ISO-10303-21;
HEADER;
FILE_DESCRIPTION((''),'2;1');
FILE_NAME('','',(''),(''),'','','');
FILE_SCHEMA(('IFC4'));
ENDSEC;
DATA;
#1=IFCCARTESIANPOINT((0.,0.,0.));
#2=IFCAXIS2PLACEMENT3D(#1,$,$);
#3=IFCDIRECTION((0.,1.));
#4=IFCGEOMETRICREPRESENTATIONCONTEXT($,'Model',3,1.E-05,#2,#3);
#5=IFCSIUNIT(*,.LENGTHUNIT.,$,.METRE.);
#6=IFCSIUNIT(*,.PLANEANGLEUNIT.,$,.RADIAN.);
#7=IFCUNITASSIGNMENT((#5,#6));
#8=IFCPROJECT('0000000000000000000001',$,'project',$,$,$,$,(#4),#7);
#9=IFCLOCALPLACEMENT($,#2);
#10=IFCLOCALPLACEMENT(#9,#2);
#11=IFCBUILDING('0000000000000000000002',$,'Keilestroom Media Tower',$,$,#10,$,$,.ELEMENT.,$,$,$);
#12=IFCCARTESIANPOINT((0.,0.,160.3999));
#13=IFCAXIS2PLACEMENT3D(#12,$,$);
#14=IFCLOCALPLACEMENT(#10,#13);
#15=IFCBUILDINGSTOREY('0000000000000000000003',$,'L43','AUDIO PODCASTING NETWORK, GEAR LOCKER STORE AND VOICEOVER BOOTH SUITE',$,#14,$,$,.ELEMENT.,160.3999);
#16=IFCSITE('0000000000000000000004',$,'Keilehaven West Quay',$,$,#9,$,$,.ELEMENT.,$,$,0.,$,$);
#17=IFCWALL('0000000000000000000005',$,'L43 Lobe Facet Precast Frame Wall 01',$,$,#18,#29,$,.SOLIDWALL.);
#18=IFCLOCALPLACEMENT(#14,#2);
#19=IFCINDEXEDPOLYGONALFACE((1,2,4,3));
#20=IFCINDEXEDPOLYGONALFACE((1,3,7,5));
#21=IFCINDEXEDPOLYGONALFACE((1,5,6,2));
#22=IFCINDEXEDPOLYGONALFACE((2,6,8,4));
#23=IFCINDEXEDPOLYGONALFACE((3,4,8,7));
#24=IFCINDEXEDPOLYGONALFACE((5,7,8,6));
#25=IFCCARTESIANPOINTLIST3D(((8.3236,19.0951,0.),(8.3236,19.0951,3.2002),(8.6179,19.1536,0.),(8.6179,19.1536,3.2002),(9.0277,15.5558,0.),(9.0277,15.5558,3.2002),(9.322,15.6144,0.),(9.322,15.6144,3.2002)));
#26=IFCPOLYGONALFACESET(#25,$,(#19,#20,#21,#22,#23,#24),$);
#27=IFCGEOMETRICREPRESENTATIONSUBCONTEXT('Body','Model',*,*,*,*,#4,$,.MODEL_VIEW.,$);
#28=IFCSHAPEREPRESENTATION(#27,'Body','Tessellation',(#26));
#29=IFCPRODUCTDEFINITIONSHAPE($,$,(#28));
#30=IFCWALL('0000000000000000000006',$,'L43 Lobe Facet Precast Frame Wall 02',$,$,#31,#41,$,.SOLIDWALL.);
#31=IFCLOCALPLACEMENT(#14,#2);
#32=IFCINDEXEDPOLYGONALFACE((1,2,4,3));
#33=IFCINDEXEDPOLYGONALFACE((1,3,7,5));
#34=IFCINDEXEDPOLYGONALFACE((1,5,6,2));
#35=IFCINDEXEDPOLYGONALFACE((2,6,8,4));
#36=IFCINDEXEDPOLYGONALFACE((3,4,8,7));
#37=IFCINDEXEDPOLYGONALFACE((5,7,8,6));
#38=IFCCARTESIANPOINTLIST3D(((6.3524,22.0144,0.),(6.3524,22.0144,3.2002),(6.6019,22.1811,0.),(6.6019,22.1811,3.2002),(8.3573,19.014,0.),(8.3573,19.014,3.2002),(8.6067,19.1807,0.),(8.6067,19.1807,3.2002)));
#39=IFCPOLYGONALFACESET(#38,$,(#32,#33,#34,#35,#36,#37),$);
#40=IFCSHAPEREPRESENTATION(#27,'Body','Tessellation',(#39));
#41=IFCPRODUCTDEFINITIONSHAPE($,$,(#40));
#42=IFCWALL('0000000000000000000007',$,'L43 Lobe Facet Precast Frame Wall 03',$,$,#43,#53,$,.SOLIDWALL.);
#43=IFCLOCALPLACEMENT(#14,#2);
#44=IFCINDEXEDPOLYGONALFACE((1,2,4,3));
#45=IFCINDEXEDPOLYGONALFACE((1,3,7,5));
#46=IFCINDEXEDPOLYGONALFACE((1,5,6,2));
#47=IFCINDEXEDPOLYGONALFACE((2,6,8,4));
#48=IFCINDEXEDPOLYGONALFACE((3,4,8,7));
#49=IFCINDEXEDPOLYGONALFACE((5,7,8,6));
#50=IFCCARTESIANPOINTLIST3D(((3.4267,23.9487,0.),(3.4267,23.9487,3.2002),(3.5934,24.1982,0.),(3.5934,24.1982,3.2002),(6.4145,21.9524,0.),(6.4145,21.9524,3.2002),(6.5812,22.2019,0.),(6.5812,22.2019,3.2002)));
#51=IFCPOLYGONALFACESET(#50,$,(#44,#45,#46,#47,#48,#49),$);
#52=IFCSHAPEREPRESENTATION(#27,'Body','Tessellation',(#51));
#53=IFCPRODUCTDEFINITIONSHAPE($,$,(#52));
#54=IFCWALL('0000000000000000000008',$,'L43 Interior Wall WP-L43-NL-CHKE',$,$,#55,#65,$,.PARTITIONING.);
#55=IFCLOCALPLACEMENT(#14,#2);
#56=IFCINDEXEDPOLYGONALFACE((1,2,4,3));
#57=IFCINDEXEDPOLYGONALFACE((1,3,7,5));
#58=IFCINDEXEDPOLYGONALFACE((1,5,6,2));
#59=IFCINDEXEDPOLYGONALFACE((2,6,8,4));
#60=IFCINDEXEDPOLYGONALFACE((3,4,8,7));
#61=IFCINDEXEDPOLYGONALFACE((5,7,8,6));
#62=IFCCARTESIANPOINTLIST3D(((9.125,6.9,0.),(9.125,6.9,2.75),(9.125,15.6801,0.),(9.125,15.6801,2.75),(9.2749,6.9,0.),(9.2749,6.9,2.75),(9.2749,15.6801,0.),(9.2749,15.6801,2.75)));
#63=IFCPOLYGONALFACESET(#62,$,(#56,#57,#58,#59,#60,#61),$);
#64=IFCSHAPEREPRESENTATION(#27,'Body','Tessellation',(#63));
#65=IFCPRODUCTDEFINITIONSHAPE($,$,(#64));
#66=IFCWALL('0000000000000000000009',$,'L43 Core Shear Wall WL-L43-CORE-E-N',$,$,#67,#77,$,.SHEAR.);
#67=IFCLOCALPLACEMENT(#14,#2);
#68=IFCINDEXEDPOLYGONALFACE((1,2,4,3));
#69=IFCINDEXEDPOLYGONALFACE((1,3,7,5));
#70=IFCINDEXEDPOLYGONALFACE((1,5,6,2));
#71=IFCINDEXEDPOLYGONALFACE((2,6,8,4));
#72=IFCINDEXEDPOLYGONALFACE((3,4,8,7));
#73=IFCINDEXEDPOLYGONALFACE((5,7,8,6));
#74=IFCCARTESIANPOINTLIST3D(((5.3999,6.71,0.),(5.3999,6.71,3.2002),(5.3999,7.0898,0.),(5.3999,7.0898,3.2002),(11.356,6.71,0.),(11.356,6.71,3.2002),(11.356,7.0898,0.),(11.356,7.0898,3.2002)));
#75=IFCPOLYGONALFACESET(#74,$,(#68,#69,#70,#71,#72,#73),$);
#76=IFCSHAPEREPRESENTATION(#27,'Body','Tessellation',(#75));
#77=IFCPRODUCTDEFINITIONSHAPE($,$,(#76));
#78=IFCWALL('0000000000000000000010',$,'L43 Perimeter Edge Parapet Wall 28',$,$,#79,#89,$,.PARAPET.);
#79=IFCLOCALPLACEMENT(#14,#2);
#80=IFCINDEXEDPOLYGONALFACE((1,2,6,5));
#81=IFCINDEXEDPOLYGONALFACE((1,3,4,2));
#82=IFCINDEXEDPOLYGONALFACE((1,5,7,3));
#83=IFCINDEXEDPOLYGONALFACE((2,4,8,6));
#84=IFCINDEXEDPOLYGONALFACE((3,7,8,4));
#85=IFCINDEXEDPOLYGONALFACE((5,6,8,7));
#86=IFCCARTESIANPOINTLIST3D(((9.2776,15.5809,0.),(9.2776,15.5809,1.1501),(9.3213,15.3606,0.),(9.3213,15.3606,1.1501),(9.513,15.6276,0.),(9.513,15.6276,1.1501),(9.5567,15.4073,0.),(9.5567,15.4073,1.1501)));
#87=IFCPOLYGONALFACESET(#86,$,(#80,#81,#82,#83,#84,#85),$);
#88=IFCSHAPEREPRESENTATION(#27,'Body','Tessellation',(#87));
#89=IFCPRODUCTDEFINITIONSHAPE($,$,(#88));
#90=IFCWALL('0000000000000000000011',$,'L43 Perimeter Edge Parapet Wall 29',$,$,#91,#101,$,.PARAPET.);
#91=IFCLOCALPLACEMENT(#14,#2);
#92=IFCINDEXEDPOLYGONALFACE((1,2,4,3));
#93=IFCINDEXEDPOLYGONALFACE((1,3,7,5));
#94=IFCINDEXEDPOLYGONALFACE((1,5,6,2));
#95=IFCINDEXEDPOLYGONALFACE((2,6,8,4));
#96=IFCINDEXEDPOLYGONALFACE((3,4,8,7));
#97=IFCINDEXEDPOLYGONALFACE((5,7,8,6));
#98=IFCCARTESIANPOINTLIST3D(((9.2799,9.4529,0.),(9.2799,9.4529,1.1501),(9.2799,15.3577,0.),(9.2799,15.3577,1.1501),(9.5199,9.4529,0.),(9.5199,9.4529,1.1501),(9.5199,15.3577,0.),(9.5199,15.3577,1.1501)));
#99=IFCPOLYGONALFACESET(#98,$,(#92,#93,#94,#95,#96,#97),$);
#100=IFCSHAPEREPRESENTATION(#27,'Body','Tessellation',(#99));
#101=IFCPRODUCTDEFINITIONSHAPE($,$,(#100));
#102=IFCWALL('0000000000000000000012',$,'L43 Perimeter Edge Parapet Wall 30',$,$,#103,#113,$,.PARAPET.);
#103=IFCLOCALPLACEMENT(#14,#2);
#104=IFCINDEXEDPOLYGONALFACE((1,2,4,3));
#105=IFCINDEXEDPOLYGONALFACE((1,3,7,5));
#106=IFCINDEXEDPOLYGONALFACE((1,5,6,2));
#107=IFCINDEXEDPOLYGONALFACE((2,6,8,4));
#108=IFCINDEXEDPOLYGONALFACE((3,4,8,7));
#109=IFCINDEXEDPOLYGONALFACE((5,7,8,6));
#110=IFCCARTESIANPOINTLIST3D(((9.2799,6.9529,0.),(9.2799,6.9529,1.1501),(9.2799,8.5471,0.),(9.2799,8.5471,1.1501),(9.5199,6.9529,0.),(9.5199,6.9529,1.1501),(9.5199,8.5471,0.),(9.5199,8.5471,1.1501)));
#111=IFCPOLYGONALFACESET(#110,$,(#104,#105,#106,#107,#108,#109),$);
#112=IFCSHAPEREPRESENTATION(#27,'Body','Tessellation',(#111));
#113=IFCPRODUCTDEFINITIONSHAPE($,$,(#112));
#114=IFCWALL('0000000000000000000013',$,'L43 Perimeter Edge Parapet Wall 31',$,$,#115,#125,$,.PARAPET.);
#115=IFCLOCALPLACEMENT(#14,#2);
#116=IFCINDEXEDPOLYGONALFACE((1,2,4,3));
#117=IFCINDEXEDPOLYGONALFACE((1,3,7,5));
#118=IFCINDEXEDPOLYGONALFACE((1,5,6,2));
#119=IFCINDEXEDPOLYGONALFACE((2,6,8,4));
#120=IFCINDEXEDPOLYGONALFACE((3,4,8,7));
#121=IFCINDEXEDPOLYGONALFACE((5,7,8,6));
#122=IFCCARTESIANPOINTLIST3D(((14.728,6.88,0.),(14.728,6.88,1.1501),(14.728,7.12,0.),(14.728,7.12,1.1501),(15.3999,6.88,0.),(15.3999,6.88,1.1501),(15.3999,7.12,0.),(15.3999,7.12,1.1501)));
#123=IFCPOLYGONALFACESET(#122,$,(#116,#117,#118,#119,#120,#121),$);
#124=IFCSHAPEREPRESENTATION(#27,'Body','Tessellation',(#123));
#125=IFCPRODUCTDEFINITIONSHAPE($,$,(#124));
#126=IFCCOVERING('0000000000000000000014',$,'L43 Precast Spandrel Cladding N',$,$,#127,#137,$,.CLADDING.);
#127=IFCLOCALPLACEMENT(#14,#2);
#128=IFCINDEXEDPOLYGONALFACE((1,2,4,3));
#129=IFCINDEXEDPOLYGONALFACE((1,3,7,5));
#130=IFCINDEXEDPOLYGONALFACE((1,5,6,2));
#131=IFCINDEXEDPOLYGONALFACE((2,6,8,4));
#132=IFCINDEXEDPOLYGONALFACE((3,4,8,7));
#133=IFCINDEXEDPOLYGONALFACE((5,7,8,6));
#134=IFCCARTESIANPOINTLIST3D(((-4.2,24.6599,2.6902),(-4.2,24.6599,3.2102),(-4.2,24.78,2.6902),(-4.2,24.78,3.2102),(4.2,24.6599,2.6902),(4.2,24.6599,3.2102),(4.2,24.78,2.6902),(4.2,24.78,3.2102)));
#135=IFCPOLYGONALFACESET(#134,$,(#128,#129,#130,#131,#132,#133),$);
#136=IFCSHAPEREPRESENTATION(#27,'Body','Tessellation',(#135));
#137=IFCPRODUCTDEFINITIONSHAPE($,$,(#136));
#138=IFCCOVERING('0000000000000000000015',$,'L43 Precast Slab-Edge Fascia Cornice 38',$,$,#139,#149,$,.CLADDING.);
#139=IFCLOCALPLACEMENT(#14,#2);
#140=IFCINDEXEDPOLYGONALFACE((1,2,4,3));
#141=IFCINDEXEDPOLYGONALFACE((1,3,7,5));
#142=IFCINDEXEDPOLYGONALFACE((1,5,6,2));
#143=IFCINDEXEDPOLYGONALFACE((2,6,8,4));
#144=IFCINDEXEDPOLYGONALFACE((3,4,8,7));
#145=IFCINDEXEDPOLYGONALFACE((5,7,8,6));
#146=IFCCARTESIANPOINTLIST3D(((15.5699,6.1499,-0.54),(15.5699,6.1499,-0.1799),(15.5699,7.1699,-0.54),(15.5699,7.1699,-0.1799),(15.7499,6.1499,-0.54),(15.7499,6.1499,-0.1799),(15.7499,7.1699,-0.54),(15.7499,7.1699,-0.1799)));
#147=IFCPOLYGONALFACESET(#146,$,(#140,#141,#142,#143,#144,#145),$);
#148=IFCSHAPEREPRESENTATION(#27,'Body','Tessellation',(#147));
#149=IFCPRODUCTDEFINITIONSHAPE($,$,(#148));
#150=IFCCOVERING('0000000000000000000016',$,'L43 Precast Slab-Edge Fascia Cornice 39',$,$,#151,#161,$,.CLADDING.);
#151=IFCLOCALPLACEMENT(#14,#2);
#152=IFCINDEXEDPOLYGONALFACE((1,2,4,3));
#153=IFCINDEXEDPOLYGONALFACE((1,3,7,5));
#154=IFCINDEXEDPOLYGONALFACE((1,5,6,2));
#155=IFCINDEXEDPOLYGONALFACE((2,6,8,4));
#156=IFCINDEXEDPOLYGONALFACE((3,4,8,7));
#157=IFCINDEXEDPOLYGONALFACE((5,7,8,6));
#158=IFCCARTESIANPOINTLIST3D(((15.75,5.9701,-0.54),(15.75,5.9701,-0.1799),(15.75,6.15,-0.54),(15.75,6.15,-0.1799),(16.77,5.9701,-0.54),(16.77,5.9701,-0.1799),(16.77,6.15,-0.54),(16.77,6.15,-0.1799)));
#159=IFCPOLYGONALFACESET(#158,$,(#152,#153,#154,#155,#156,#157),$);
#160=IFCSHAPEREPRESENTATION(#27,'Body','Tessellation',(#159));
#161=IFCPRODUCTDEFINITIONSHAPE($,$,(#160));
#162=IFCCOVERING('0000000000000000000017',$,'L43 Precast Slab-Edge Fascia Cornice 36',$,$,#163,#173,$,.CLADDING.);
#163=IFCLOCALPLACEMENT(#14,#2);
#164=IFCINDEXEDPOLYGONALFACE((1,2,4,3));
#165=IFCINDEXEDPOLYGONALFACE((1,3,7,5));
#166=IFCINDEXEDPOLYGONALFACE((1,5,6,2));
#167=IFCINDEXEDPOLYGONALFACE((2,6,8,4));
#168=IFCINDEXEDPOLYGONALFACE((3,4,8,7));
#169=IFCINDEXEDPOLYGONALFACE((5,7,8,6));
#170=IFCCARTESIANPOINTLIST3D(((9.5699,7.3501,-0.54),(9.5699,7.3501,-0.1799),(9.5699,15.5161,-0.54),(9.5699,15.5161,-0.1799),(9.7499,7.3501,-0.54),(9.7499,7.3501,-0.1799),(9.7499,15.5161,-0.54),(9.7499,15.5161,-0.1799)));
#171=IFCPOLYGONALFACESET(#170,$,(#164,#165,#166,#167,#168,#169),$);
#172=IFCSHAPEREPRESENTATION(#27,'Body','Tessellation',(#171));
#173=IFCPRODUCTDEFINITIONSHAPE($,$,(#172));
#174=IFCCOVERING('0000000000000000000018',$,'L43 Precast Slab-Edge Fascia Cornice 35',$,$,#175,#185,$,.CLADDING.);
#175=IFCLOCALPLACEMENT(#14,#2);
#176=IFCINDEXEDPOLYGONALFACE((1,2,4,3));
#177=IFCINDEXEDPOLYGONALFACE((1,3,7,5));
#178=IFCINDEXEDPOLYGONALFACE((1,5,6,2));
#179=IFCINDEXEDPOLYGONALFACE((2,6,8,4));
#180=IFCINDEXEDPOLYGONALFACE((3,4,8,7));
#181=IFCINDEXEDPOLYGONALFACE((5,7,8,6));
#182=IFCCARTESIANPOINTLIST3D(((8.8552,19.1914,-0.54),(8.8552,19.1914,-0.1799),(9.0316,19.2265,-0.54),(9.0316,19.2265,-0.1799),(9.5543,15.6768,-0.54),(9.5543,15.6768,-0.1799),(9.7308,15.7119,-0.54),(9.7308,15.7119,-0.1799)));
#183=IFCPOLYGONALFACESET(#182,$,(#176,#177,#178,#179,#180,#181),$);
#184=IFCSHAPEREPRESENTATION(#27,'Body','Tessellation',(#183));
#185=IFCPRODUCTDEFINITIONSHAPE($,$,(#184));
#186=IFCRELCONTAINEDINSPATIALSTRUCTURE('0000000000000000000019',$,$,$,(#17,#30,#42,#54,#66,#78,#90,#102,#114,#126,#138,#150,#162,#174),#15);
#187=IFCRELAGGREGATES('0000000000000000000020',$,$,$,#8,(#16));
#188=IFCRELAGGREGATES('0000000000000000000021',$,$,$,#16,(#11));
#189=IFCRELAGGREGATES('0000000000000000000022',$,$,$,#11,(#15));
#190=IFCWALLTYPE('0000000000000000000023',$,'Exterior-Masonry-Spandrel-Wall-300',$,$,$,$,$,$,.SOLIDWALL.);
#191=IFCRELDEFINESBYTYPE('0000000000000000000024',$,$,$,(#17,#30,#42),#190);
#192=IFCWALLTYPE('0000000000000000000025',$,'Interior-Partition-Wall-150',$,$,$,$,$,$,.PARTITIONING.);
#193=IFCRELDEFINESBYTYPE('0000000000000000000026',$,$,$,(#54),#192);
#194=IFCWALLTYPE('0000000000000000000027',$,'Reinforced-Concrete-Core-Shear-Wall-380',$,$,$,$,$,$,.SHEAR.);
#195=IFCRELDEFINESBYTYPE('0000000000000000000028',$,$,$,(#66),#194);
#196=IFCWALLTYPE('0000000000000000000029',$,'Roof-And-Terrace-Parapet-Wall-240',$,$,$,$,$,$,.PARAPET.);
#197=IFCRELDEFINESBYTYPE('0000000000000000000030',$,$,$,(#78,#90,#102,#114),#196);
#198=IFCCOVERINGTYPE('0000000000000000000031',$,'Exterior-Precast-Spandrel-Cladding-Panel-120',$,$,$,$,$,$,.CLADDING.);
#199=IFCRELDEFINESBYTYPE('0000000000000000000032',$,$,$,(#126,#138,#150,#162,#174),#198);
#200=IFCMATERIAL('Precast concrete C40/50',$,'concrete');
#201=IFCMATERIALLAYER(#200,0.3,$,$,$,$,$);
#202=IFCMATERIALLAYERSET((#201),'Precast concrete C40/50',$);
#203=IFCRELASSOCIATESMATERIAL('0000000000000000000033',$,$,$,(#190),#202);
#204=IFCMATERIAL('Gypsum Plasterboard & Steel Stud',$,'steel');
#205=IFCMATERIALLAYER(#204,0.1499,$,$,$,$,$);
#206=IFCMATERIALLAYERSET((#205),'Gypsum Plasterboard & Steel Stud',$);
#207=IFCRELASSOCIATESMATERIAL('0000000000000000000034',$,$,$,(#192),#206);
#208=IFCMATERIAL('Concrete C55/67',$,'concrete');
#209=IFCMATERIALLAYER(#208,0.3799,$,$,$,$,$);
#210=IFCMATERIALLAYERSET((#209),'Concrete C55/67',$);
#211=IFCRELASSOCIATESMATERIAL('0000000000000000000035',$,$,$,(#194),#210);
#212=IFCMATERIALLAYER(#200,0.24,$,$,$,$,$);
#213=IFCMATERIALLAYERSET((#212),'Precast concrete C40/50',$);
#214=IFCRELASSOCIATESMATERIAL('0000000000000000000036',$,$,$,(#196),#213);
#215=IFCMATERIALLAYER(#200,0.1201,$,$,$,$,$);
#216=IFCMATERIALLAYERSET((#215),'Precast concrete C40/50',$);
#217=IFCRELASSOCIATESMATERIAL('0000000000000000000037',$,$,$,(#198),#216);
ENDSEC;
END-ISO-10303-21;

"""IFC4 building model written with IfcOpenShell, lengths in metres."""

from ifc_helpers import new_model, si_unit, direction, frame, frame_2d, origin, origin_2d, place, context, subcontext, project, spatial, rectangle, extrude, source, transform, mapped, material, layer, layer_set, type_object, element, save


model = new_model("IFC4")

# Units and contexts
model_context = context("Model", 3, precision=1e-05, world=origin(), true_north=direction((0.0, 1.0)))
body_context = subcontext(model_context, "Body", "Model", "MODEL_VIEW")
ifc_project = project(units=[si_unit("LENGTHUNIT", "METRE"), si_unit("PLANEANGLEUNIT", "RADIAN")], contexts=[model_context])

# Site, building, storey
site_placement = place(None, origin())
site = spatial("IfcSite", under=ifc_project, at=site_placement, Name="Keilehaven West Quay", CompositionType="ELEMENT", RefElevation=0.0)
building_placement = place(site_placement, origin())
building = spatial("IfcBuilding", under=site, at=building_placement, Name="Keilestroom Media Tower", CompositionType="ELEMENT")
storey_placement = place(building_placement, frame((0.0, 0.0, 160.3999)))
storey = spatial("IfcBuildingStorey", under=building, at=storey_placement, Name="L43", Description="AUDIO PODCASTING NETWORK, GEAR LOCKER STORE AND VOICEOVER BOOTH SUITE", CompositionType="ELEMENT", Elevation=160.3999)

# Shared definitions
ifc_material_1 = material(Name="Precast concrete C40/50", Category="concrete")
ifc_material_2 = material(Name="Concrete C55/67", Category="concrete")

# Walls
ifc_layer_1 = layer(ifc_material_1, 0.3)
ifc_layer_set_1 = layer_set([ifc_layer_1], Name="Precast concrete C40/50")
wall_type_1 = type_object("IfcWallType", Name="Exterior-Masonry-Spandrel-Wall-300", PredefinedType="SOLIDWALL", material=ifc_layer_set_1)
for number, where, z_axis, x_axis, name in (
    (1, (9.1748, 15.5852, 0.0), (0.0, 0.0, 1.0), (-0.195114, 0.980781, 0.0), "L43 Lobe Facet Precast Frame Wall 01"),
    (2, (8.4819, 19.0974, 0.0), (0.0, 0.0, 1.0), (-0.555574, 0.831467, 0.0), "L43 Lobe Facet Precast Frame Wall 02"),
):
    element("IfcWall", number, at=place(storey_placement, frame(where, z_axis=z_axis, x_axis=x_axis)), inside=storey, type_object=wall_type_1, Name=name, PredefinedType="SOLIDWALL", context=body_context, shape_type="SweptSolid", body=[
        extrude(rectangle(XDim=3.6086, YDim=0.3, at=frame_2d((1.8042, 0.0))), origin(), (0.0, 0.0, 1.0), 3.2002),
    ])
wall_1_placement = place(storey_placement, frame((6.4978, 22.0771, 0.0), z_axis=(0.0, 0.0, 1.0), x_axis=(-0.831475, 0.555562, 0.0)))
element("IfcWall", 3, at=wall_1_placement, inside=storey, type_object=wall_type_1, Name="L43 Lobe Facet Precast Frame Wall 03", PredefinedType="SOLIDWALL", context=body_context, shape_type="SweptSolid", body=[
    extrude(rectangle(XDim=3.5933, YDim=0.3, at=frame_2d((1.7966, 0.0))), origin(), (0.0, 0.0, 1.0), 3.2002),
])
ifc_material_3 = material(Name="Gypsum Plasterboard & Steel Stud", Category="steel")
ifc_layer_2 = layer(ifc_material_3, 0.1499)
ifc_layer_set_2 = layer_set([ifc_layer_2], Name="Gypsum Plasterboard & Steel Stud")
wall_type_2 = type_object("IfcWallType", Name="Interior-Partition-Wall-150", PredefinedType="PARTITIONING", material=ifc_layer_set_2)
wall_2_placement = place(storey_placement, frame((9.2, 6.8999, 0.0), z_axis=(0.0, 0.0, 1.0), x_axis=(0.0, 1.0, 0.0)))
element("IfcWall", 4, at=wall_2_placement, inside=storey, type_object=wall_type_2, Name="L43 Interior Wall WP-L43-NL-CHKE", PredefinedType="PARTITIONING", context=body_context, shape_type="SweptSolid", body=[
    extrude(rectangle(XDim=8.78, YDim=0.1499, at=frame_2d((4.3901, 0.0))), origin(), (0.0, 0.0, 1.0), 2.75),
])
ifc_layer_3 = layer(ifc_material_2, 0.3799)
ifc_layer_set_3 = layer_set([ifc_layer_3], Name="Concrete C55/67")
wall_type_3 = type_object("IfcWallType", Name="Reinforced-Concrete-Core-Shear-Wall-380", PredefinedType="SHEAR", material=ifc_layer_set_3)
wall_3_placement = place(storey_placement, frame((5.3999, 6.8999, 0.0), z_axis=(0.0, 0.0, 1.0), x_axis=(1.0, 0.0, 0.0)))
element("IfcWall", 5, at=wall_3_placement, inside=storey, type_object=wall_type_3, Name="L43 Core Shear Wall WL-L43-CORE-E-N", PredefinedType="SHEAR", context=body_context, shape_type="SweptSolid", body=[
    extrude(rectangle(XDim=5.9561, YDim=0.3799, at=frame_2d((2.978, 0.0))), origin(), (0.0, 0.0, 1.0), 3.2002),
])
ifc_layer_4 = layer(ifc_material_1, 0.24)
ifc_layer_set_4 = layer_set([ifc_layer_4], Name="Precast concrete C40/50")
wall_type_4 = type_object("IfcWallType", Name="Roof-And-Terrace-Parapet-Wall-240", PredefinedType="PARAPET", material=ifc_layer_set_4)
wall_4_placement = place(storey_placement, frame((9.3953, 15.6042, 0.0), z_axis=(0.0, 0.0, 1.0), x_axis=(0.194652, -0.980872, 0.0)))
element("IfcWall", 6, at=wall_4_placement, inside=storey, type_object=wall_type_4, Name="L43 Perimeter Edge Parapet Wall 28", PredefinedType="PARAPET", context=body_context, shape_type="SweptSolid", body=[
    extrude(rectangle(XDim=0.2246, YDim=0.24, at=frame_2d((0.1123, 0.0))), origin(), (0.0, 0.0, 1.0), 1.1501),
])
wall_5_placement = place(storey_placement, frame((9.3999, 15.3577, 0.0), z_axis=(0.0, 0.0, 1.0), x_axis=(0.0, -1.0, 0.0)))
element("IfcWall", 7, at=wall_5_placement, inside=storey, type_object=wall_type_4, Name="L43 Perimeter Edge Parapet Wall 29", PredefinedType="PARAPET", context=body_context, shape_type="SweptSolid", body=[
    extrude(rectangle(XDim=5.9048, YDim=0.24, at=frame_2d((2.9524, 0.0))), origin(), (0.0, 0.0, 1.0), 1.1501),
])
wall_6_placement = place(storey_placement, frame((9.3999, 8.5471, 0.0), z_axis=(0.0, 0.0, 1.0), x_axis=(0.0, -1.0, 0.0)))
element("IfcWall", 8, at=wall_6_placement, inside=storey, type_object=wall_type_4, Name="L43 Perimeter Edge Parapet Wall 30", PredefinedType="PARAPET", context=body_context, shape_type="SweptSolid", body=[
    extrude(rectangle(XDim=1.5942, YDim=0.24, at=frame_2d((0.7971, 0.0))), origin(), (0.0, 0.0, 1.0), 1.1501),
])
wall_7_placement = place(storey_placement, frame((14.728, 7.0, 0.0), z_axis=(0.0, 0.0, 1.0), x_axis=(1.0, 0.0, 0.0)))
element("IfcWall", 9, at=wall_7_placement, inside=storey, type_object=wall_type_4, Name="L43 Perimeter Edge Parapet Wall 31", PredefinedType="PARAPET", context=body_context, shape_type="SweptSolid", body=[
    extrude(rectangle(XDim=0.6719, YDim=0.24, at=frame_2d((0.3359, 0.0))), origin(), (0.0, 0.0, 1.0), 1.1501),
])

# Coverings
ifc_layer_5 = layer(ifc_material_1, 0.1201)
ifc_layer_set_5 = layer_set([ifc_layer_5], Name="Precast concrete C40/50")
covering_type = type_object("IfcCoveringType", Name="Exterior-Precast-Spandrel-Cladding-Panel-120", PredefinedType="CLADDING", material=ifc_layer_set_5)
shared_shape_1 = source(origin(), body_context, "Body", "SweptSolid", [
    extrude(rectangle(XDim=8.3999, YDim=0.1201, at=origin_2d()), origin(), (0.0, 0.0, 1.0), 0.52),
])
covering_1_placement = place(storey_placement, frame((0.0, 24.72, 2.6902), z_axis=(0.0, 0.0, 1.0), x_axis=(1.0, 0.0, 0.0)))
element("IfcCovering", 10, at=covering_1_placement, inside=storey, type_object=covering_type, Name="L43 Precast Spandrel Cladding N", PredefinedType="CLADDING", context=body_context, shape_type="MappedRepresentation", body=[
    mapped(shared_shape_1, transform((0.0, 0.0, 0.0), x_axis=(1.0, 0.0, 0.0), y_axis=(0.0, 1.0, 0.0), z_axis=(0.0, 0.0, 1.0), scale=1.0)),
])
shared_shape_2 = source(origin(), body_context, "Body", "SweptSolid", [
    extrude(rectangle(XDim=1.02, YDim=0.1799, at=origin_2d()), origin(), (0.0, 0.0, 1.0), 0.3601),
])
for number, where, z_axis, x_axis, name in (
    (11, (15.6599, 6.6599, -0.54), (0.0, 0.0, 1.0), (0.0, -1.0, 0.0), "L43 Precast Slab-Edge Fascia Cornice 38"),
    (12, (16.26, 6.0601, -0.54), (0.0, 0.0, 1.0), (1.0, 0.0, 0.0), "L43 Precast Slab-Edge Fascia Cornice 39"),
):
    element("IfcCovering", number, at=place(storey_placement, frame(where, z_axis=z_axis, x_axis=x_axis)), inside=storey, type_object=covering_type, Name=name, PredefinedType="CLADDING", context=body_context, shape_type="MappedRepresentation", body=[
        mapped(shared_shape_2, transform((0.0, 0.0, 0.0), x_axis=(1.0, 0.0, 0.0), y_axis=(0.0, 1.0, 0.0), z_axis=(0.0, 0.0, 1.0), scale=1.0)),
    ])
shared_shape_3 = source(origin(), body_context, "Body", "SweptSolid", [
    extrude(rectangle(XDim=8.166, YDim=0.1799, at=origin_2d()), origin(), (0.0, 0.0, 1.0), 0.3601),
])
covering_2_placement = place(storey_placement, frame((9.6599, 11.4331, -0.54), z_axis=(0.0, 0.0, 1.0), x_axis=(0.0, -1.0, 0.0)))
element("IfcCovering", 13, at=covering_2_placement, inside=storey, type_object=covering_type, Name="L43 Precast Slab-Edge Fascia Cornice 36", PredefinedType="CLADDING", context=body_context, shape_type="MappedRepresentation", body=[
    mapped(shared_shape_3, transform((0.0, 0.0, 0.0), x_axis=(1.0, 0.0, 0.0), y_axis=(0.0, 1.0, 0.0), z_axis=(0.0, 0.0, 1.0), scale=1.0)),
])
shared_shape_4 = source(origin(), body_context, "Body", "SweptSolid", [
    extrude(rectangle(XDim=3.5835, YDim=0.1799, at=origin_2d()), origin(), (0.0, 0.0, 1.0), 0.3601),
])
covering_3_placement = place(storey_placement, frame((9.293, 17.4517, -0.54), z_axis=(0.0, 0.0, 1.0), x_axis=(0.195099, -0.980784, 0.0)))
element("IfcCovering", 14, at=covering_3_placement, inside=storey, type_object=covering_type, Name="L43 Precast Slab-Edge Fascia Cornice 35", PredefinedType="CLADDING", context=body_context, shape_type="MappedRepresentation", body=[
    mapped(shared_shape_4, transform((0.0, 0.0, 0.0), x_axis=(1.0, 0.0, 0.0), y_axis=(0.0, 1.0, 0.0), z_axis=(0.0, 0.0, 1.0), scale=1.0)),
])

save(model, "model.ifc")
